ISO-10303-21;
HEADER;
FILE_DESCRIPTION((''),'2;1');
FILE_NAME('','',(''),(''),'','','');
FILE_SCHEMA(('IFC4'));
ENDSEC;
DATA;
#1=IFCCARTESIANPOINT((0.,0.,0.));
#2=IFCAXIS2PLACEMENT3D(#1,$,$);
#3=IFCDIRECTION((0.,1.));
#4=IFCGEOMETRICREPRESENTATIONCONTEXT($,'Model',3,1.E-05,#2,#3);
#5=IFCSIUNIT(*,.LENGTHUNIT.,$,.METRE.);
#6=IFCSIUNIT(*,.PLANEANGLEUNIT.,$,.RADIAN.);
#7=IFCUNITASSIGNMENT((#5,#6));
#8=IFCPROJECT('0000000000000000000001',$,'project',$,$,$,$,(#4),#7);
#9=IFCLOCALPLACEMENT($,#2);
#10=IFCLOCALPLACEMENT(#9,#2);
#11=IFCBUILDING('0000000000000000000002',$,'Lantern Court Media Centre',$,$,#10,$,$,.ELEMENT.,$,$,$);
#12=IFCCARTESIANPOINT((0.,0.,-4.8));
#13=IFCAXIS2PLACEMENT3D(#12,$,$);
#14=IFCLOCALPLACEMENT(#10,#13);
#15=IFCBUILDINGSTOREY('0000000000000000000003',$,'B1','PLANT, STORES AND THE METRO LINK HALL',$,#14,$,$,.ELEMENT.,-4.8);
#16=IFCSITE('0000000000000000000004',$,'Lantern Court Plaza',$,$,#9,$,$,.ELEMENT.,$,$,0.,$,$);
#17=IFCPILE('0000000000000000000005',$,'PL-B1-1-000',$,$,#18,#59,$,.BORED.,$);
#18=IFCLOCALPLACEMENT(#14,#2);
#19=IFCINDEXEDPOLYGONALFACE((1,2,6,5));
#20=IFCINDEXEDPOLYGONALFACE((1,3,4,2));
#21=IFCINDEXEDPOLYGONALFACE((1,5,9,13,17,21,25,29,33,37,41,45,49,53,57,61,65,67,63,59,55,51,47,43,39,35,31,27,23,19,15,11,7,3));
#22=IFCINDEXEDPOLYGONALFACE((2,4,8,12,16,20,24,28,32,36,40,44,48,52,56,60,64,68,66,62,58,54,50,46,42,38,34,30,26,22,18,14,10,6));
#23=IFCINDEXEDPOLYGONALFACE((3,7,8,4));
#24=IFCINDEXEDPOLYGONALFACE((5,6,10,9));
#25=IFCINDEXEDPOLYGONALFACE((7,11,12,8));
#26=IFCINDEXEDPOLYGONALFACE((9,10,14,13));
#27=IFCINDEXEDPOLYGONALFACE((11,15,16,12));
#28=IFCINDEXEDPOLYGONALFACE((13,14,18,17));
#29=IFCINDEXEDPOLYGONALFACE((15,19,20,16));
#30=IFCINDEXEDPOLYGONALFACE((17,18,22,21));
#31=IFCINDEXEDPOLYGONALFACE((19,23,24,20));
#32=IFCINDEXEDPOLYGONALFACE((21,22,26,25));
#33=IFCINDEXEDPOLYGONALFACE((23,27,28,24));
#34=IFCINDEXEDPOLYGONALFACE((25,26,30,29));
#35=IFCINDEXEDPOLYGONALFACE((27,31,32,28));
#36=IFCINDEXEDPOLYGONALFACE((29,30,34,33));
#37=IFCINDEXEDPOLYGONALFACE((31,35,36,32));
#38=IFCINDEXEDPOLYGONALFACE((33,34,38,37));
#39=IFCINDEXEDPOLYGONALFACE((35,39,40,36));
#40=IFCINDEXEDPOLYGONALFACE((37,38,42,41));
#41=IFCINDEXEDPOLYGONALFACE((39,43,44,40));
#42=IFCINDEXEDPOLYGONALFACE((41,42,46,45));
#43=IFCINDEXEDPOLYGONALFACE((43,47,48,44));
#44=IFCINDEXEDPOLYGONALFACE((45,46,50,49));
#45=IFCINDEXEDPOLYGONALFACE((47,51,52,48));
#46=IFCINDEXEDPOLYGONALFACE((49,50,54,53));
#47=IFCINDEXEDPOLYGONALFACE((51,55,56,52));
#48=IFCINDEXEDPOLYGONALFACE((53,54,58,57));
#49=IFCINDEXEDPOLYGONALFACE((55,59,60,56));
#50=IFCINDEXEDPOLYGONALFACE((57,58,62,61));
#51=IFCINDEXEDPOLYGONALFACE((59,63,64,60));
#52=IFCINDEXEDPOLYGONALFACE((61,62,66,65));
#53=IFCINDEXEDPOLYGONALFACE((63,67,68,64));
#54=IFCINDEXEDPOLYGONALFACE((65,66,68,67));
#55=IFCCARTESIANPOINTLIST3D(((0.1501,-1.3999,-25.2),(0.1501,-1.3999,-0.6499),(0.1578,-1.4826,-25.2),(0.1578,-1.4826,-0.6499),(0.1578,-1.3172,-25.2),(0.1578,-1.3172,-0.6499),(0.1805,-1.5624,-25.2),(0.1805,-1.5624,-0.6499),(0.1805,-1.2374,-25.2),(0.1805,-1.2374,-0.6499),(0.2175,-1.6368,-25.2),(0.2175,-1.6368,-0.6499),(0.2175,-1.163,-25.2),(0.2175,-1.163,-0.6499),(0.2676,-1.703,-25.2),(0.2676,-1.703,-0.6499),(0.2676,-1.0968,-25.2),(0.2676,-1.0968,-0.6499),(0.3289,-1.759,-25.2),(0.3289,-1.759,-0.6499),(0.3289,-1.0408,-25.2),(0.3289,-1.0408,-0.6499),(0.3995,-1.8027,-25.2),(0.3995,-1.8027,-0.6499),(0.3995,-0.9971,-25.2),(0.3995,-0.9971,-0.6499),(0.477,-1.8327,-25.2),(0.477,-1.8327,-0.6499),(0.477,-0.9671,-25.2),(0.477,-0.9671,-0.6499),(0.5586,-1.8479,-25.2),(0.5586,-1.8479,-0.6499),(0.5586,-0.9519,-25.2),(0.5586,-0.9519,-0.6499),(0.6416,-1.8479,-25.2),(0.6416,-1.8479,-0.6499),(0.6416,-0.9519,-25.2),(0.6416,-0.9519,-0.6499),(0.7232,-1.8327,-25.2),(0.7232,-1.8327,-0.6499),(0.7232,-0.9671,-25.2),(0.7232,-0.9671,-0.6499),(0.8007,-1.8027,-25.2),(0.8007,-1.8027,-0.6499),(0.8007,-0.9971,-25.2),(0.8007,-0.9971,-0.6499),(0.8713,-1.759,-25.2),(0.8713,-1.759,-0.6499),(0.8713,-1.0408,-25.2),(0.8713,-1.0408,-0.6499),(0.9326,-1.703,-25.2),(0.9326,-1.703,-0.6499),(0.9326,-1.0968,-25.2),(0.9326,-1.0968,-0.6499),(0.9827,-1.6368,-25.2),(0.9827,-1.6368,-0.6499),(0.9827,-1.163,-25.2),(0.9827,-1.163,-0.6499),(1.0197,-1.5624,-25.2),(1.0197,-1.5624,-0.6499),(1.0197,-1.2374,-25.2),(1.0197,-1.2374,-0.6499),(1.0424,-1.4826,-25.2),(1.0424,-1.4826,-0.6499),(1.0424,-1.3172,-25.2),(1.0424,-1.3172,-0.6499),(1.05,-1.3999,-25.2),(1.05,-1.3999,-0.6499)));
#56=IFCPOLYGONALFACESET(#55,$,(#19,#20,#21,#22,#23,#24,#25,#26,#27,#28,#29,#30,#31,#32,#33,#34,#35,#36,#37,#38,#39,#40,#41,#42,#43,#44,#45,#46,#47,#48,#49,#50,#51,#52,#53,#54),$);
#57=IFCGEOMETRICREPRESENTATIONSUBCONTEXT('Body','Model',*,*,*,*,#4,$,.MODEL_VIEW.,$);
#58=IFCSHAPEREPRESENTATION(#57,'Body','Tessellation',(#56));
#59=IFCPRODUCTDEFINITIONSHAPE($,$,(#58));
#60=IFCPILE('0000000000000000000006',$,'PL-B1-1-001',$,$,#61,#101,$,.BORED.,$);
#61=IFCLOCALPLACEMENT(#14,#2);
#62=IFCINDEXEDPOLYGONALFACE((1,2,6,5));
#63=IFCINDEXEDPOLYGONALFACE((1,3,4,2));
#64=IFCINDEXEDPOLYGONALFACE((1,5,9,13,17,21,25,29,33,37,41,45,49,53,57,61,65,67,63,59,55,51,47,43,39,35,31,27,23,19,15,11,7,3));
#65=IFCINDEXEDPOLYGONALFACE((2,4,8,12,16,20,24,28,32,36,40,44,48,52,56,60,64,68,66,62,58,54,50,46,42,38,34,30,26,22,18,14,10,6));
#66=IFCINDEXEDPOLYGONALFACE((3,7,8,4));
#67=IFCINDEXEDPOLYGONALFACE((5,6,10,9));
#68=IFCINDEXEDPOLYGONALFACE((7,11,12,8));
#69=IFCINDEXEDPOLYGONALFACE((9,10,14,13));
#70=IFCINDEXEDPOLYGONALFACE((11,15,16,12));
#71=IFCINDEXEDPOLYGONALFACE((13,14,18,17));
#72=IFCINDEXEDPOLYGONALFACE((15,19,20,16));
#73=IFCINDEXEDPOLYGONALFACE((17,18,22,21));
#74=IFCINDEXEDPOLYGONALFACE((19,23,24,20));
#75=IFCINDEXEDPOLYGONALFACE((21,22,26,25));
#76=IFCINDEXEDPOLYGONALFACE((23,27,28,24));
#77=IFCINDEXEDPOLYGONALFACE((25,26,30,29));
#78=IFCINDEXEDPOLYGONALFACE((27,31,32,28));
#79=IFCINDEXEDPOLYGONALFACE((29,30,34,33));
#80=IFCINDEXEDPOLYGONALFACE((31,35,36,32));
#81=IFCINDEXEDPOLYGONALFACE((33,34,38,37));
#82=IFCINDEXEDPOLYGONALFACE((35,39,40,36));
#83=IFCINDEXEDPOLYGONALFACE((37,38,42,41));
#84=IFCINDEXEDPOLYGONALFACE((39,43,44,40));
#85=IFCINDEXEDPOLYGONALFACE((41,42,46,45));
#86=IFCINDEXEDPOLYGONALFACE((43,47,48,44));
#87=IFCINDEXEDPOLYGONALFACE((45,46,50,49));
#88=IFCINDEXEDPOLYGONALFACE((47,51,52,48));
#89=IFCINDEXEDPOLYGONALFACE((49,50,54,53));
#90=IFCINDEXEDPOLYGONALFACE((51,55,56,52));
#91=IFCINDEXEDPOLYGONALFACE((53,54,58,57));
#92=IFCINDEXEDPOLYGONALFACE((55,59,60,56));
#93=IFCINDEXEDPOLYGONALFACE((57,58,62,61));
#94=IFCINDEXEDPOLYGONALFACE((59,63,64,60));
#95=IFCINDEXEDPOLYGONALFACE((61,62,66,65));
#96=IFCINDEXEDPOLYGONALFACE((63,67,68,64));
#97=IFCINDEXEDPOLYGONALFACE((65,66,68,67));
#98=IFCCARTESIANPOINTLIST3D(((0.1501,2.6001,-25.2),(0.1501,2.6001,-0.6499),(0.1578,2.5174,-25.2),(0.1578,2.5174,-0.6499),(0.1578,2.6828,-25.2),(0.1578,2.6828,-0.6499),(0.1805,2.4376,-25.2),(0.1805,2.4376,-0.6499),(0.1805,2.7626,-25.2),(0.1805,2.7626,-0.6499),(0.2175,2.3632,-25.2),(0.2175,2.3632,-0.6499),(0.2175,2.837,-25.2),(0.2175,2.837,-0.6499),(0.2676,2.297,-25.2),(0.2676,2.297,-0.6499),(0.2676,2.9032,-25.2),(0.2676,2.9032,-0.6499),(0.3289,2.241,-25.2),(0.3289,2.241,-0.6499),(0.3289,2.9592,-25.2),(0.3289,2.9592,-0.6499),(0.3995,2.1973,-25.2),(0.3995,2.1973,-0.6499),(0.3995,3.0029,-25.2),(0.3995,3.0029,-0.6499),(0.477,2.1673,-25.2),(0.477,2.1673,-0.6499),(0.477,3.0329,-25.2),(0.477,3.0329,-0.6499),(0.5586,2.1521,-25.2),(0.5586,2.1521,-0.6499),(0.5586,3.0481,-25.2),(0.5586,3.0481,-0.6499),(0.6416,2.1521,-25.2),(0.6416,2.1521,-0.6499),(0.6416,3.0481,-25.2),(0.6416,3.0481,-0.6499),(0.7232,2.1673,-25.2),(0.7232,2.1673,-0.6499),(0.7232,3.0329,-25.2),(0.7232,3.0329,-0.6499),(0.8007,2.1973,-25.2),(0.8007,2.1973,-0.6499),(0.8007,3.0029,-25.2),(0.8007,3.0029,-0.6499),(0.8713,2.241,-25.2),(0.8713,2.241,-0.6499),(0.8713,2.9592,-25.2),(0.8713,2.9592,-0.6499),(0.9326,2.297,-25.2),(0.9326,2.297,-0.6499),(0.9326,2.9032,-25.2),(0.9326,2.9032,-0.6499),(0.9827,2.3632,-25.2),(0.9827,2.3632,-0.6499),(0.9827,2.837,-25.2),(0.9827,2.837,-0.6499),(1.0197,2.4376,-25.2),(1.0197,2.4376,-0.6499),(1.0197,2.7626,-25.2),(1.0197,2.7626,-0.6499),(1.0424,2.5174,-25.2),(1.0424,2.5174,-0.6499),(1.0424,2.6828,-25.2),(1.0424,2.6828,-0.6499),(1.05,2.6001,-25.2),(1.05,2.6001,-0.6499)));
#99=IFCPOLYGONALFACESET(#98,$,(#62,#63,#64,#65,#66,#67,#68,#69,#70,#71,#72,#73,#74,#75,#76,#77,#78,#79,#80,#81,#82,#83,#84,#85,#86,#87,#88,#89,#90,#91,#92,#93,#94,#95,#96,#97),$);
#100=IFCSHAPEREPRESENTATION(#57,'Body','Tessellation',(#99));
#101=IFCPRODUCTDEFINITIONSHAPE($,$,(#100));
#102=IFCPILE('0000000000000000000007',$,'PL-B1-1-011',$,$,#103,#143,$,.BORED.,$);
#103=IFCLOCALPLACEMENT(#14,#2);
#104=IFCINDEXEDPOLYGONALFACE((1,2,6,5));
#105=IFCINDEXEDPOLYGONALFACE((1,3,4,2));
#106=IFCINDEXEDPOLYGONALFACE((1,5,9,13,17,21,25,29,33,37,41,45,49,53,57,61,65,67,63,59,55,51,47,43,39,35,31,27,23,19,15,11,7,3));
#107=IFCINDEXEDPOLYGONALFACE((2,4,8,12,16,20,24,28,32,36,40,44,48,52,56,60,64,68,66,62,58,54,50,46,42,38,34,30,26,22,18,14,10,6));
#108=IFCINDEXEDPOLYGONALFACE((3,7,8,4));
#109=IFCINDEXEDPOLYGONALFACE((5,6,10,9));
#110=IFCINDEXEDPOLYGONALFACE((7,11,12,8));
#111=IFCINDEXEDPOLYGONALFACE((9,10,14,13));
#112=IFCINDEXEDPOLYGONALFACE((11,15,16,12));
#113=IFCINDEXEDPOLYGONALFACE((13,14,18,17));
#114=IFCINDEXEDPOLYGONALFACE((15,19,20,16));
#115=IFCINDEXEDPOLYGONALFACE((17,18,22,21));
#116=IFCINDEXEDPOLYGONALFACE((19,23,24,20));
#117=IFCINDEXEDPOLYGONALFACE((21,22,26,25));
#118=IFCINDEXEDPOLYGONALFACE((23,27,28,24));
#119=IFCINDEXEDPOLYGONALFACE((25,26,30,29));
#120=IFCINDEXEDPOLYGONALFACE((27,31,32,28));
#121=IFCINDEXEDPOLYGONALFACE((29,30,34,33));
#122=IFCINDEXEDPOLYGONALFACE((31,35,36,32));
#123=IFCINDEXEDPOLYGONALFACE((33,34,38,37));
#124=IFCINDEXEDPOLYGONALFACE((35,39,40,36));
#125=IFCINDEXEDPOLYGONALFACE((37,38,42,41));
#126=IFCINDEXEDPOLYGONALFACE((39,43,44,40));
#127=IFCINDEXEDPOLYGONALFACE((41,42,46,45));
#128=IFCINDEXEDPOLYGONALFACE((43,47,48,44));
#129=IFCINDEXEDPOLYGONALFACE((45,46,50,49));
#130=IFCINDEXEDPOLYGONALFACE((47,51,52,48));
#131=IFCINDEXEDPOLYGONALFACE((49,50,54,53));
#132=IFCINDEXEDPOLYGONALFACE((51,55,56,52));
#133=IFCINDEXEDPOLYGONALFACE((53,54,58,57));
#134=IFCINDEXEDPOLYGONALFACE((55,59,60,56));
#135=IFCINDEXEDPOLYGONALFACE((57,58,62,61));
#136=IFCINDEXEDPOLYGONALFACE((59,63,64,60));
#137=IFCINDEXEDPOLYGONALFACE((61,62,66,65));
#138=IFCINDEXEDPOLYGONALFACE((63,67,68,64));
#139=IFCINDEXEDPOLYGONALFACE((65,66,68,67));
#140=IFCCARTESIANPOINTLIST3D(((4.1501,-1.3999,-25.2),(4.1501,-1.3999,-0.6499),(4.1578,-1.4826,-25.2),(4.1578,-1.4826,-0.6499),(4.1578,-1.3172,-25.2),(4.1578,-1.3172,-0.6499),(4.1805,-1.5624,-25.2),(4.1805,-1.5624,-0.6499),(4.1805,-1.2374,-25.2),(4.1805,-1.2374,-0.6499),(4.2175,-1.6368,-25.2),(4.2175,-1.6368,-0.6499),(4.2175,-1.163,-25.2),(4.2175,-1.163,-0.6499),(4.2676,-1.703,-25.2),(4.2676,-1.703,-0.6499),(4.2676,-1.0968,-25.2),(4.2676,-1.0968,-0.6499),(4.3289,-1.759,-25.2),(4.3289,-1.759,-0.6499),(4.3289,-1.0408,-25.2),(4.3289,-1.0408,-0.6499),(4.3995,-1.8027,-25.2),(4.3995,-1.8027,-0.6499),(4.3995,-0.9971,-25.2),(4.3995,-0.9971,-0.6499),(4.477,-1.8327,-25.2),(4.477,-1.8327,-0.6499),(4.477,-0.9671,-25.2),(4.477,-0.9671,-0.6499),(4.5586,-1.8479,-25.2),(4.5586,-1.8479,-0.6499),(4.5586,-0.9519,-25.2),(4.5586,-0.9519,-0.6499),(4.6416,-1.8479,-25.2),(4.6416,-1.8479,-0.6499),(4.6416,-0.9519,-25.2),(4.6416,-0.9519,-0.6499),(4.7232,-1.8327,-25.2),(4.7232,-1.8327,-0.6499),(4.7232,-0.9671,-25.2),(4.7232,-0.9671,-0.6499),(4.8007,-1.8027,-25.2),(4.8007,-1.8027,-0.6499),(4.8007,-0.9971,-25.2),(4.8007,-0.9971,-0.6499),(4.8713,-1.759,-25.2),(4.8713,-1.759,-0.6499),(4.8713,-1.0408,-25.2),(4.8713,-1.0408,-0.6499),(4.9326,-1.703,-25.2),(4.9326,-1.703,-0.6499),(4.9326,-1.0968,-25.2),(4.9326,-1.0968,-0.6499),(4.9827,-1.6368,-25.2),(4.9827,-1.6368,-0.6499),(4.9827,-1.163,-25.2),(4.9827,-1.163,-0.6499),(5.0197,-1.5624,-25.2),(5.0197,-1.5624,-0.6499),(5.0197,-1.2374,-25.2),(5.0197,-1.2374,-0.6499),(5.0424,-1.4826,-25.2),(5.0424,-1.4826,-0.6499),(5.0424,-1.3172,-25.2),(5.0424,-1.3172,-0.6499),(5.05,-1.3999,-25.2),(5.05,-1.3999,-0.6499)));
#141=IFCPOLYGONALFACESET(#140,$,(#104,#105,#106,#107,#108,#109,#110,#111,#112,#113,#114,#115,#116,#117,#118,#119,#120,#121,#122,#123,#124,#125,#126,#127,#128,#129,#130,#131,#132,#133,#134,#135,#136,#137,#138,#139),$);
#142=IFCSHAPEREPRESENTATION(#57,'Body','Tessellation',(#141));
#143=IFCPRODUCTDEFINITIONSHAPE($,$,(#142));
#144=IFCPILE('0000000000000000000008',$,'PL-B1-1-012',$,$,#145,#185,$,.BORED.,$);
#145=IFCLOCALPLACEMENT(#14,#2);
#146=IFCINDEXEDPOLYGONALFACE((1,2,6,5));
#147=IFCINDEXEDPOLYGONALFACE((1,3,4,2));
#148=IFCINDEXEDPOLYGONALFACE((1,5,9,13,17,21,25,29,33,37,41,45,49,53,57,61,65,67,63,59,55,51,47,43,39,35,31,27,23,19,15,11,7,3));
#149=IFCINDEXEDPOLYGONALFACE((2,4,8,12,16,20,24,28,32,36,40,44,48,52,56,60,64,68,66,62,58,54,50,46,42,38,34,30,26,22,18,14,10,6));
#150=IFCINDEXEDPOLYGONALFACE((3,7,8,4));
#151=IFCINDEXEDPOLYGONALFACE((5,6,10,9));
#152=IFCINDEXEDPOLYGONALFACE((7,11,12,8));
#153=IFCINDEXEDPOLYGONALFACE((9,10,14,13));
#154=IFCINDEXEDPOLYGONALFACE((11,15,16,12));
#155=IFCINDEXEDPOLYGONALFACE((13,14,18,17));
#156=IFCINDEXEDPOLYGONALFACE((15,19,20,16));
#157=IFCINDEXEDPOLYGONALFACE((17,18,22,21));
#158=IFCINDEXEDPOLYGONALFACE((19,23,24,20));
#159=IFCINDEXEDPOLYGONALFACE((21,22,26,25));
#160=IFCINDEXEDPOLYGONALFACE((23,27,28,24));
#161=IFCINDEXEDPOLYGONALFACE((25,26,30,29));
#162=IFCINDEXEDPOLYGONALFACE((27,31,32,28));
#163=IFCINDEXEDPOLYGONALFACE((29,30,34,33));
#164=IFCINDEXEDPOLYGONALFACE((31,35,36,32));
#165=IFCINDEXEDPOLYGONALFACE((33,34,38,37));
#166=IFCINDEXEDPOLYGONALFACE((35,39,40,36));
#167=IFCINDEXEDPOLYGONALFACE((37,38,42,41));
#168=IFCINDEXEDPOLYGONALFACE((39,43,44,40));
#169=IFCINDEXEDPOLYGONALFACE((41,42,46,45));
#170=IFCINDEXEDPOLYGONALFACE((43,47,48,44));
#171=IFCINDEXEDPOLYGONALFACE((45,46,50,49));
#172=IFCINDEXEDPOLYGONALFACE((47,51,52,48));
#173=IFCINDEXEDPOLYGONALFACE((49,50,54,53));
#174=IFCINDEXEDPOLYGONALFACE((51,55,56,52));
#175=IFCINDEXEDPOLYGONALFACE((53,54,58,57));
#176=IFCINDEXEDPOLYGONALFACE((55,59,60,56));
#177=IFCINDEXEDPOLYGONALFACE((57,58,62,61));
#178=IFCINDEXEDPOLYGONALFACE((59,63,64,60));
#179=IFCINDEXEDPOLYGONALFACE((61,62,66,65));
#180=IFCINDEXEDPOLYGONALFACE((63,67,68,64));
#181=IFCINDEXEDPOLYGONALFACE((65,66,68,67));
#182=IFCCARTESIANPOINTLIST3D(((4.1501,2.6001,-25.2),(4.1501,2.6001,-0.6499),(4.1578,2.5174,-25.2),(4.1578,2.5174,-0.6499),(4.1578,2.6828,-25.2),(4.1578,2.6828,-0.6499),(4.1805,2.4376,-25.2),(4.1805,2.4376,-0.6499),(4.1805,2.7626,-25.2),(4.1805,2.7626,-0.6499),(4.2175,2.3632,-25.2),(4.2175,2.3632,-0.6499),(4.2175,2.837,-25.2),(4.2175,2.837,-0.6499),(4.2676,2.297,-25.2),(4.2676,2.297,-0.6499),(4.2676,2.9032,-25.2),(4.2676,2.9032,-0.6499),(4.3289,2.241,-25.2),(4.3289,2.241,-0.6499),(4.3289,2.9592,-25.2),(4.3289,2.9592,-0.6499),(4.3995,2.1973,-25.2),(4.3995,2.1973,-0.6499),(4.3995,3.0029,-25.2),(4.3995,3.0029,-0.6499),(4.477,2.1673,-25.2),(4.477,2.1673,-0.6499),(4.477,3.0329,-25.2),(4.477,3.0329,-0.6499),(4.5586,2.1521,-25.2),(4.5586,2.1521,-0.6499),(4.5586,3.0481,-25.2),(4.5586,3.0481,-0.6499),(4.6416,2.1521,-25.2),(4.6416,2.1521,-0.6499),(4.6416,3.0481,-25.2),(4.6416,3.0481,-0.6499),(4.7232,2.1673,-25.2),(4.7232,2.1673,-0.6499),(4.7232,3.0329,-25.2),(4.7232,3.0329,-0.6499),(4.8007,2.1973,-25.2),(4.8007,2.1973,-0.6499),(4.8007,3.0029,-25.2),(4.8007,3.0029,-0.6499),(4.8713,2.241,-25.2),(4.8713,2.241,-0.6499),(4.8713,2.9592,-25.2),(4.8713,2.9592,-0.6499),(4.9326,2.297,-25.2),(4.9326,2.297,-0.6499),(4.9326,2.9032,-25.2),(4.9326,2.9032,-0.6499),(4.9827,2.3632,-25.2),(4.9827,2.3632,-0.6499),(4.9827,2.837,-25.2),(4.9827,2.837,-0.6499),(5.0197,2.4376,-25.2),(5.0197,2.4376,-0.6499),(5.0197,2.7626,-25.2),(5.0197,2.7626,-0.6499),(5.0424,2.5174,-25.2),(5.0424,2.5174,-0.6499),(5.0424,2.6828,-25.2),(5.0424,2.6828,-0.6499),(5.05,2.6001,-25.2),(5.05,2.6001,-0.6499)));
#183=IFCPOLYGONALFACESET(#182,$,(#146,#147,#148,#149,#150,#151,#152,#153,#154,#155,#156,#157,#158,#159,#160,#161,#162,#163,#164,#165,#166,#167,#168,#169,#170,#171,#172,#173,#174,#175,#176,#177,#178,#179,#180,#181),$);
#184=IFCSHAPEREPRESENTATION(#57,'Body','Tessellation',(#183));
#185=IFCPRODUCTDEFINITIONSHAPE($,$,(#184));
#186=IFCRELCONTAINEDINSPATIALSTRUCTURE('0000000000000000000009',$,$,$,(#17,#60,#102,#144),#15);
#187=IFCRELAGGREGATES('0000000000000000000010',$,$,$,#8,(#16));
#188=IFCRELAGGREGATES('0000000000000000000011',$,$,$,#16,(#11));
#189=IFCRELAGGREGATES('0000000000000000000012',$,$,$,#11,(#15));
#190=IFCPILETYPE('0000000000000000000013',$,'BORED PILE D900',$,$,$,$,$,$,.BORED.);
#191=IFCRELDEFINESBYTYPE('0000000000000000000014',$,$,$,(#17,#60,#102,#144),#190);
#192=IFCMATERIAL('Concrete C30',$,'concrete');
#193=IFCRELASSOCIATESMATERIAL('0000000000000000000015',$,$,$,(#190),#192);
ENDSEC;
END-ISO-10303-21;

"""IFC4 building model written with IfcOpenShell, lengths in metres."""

from ifc_helpers import new_model, si_unit, direction, frame, origin, origin_2d, place, context, subcontext, project, spatial, circle, extrude, material, material_profile, profile_set, type_object, element, save


model = new_model("IFC4")

# Units and contexts
model_context = context("Model", 3, precision=1e-05, world=origin(), true_north=direction((0.0, 1.0)))
body_context = subcontext(model_context, "Body", "Model", "MODEL_VIEW")
ifc_project = project(units=[si_unit("LENGTHUNIT", "METRE"), si_unit("PLANEANGLEUNIT", "RADIAN")], contexts=[model_context])

# Site, building, storey
site_placement = place(None, origin())
site = spatial("IfcSite", under=ifc_project, at=site_placement, Name="Lantern Court Plaza", CompositionType="ELEMENT", RefElevation=0.0)
building_placement = place(site_placement, origin())
building = spatial("IfcBuilding", under=site, at=building_placement, Name="Lantern Court Media Centre", CompositionType="ELEMENT")
storey_placement = place(building_placement, frame((0.0, 0.0, -4.8)))
storey = spatial("IfcBuildingStorey", under=building, at=storey_placement, Name="B1", Description="PLANT, STORES AND THE METRO LINK HALL", CompositionType="ELEMENT", Elevation=-4.8)

# Piles
ifc_material_1 = material(Name="Concrete C30", Category="concrete")
ifc_material_profile_1 = material_profile(ifc_material_1, circle(Radius=0.45, at=origin_2d()), Name="D900")
ifc_profile_set_1 = profile_set([ifc_material_profile_1], Name="Concrete C30")
pile_type = type_object("IfcPileType", Name="BORED PILE D900", PredefinedType="BORED", material=ifc_profile_set_1)
for number, where, z_axis, x_axis, name in (
    (1, (0.6001, -1.3999, -0.6499), (0.0, 0.0, -1.0), (1.0, 0.0, 0.0), "PL-B1-1-000"),
    (2, (0.6001, 2.6001, -0.6499), (0.0, 0.0, -1.0), (1.0, 0.0, 0.0), "PL-B1-1-001"),
    (3, (4.6001, -1.3999, -0.6499), (0.0, 0.0, -1.0), (1.0, 0.0, 0.0), "PL-B1-1-011"),
    (4, (4.6001, 2.6001, -0.6499), (0.0, 0.0, -1.0), (1.0, 0.0, 0.0), "PL-B1-1-012"),
):
    element("IfcPile", number, at=place(storey_placement, frame(where, z_axis=z_axis, x_axis=x_axis)), inside=storey, type_object=pile_type, Name=name, PredefinedType="BORED", context=body_context, shape_type="SweptSolid", body=[
        extrude(circle(Radius=0.45, at=origin_2d()), origin(), (0.0, 0.0, 1.0), 24.55),
    ])

save(model, "model.ifc")
